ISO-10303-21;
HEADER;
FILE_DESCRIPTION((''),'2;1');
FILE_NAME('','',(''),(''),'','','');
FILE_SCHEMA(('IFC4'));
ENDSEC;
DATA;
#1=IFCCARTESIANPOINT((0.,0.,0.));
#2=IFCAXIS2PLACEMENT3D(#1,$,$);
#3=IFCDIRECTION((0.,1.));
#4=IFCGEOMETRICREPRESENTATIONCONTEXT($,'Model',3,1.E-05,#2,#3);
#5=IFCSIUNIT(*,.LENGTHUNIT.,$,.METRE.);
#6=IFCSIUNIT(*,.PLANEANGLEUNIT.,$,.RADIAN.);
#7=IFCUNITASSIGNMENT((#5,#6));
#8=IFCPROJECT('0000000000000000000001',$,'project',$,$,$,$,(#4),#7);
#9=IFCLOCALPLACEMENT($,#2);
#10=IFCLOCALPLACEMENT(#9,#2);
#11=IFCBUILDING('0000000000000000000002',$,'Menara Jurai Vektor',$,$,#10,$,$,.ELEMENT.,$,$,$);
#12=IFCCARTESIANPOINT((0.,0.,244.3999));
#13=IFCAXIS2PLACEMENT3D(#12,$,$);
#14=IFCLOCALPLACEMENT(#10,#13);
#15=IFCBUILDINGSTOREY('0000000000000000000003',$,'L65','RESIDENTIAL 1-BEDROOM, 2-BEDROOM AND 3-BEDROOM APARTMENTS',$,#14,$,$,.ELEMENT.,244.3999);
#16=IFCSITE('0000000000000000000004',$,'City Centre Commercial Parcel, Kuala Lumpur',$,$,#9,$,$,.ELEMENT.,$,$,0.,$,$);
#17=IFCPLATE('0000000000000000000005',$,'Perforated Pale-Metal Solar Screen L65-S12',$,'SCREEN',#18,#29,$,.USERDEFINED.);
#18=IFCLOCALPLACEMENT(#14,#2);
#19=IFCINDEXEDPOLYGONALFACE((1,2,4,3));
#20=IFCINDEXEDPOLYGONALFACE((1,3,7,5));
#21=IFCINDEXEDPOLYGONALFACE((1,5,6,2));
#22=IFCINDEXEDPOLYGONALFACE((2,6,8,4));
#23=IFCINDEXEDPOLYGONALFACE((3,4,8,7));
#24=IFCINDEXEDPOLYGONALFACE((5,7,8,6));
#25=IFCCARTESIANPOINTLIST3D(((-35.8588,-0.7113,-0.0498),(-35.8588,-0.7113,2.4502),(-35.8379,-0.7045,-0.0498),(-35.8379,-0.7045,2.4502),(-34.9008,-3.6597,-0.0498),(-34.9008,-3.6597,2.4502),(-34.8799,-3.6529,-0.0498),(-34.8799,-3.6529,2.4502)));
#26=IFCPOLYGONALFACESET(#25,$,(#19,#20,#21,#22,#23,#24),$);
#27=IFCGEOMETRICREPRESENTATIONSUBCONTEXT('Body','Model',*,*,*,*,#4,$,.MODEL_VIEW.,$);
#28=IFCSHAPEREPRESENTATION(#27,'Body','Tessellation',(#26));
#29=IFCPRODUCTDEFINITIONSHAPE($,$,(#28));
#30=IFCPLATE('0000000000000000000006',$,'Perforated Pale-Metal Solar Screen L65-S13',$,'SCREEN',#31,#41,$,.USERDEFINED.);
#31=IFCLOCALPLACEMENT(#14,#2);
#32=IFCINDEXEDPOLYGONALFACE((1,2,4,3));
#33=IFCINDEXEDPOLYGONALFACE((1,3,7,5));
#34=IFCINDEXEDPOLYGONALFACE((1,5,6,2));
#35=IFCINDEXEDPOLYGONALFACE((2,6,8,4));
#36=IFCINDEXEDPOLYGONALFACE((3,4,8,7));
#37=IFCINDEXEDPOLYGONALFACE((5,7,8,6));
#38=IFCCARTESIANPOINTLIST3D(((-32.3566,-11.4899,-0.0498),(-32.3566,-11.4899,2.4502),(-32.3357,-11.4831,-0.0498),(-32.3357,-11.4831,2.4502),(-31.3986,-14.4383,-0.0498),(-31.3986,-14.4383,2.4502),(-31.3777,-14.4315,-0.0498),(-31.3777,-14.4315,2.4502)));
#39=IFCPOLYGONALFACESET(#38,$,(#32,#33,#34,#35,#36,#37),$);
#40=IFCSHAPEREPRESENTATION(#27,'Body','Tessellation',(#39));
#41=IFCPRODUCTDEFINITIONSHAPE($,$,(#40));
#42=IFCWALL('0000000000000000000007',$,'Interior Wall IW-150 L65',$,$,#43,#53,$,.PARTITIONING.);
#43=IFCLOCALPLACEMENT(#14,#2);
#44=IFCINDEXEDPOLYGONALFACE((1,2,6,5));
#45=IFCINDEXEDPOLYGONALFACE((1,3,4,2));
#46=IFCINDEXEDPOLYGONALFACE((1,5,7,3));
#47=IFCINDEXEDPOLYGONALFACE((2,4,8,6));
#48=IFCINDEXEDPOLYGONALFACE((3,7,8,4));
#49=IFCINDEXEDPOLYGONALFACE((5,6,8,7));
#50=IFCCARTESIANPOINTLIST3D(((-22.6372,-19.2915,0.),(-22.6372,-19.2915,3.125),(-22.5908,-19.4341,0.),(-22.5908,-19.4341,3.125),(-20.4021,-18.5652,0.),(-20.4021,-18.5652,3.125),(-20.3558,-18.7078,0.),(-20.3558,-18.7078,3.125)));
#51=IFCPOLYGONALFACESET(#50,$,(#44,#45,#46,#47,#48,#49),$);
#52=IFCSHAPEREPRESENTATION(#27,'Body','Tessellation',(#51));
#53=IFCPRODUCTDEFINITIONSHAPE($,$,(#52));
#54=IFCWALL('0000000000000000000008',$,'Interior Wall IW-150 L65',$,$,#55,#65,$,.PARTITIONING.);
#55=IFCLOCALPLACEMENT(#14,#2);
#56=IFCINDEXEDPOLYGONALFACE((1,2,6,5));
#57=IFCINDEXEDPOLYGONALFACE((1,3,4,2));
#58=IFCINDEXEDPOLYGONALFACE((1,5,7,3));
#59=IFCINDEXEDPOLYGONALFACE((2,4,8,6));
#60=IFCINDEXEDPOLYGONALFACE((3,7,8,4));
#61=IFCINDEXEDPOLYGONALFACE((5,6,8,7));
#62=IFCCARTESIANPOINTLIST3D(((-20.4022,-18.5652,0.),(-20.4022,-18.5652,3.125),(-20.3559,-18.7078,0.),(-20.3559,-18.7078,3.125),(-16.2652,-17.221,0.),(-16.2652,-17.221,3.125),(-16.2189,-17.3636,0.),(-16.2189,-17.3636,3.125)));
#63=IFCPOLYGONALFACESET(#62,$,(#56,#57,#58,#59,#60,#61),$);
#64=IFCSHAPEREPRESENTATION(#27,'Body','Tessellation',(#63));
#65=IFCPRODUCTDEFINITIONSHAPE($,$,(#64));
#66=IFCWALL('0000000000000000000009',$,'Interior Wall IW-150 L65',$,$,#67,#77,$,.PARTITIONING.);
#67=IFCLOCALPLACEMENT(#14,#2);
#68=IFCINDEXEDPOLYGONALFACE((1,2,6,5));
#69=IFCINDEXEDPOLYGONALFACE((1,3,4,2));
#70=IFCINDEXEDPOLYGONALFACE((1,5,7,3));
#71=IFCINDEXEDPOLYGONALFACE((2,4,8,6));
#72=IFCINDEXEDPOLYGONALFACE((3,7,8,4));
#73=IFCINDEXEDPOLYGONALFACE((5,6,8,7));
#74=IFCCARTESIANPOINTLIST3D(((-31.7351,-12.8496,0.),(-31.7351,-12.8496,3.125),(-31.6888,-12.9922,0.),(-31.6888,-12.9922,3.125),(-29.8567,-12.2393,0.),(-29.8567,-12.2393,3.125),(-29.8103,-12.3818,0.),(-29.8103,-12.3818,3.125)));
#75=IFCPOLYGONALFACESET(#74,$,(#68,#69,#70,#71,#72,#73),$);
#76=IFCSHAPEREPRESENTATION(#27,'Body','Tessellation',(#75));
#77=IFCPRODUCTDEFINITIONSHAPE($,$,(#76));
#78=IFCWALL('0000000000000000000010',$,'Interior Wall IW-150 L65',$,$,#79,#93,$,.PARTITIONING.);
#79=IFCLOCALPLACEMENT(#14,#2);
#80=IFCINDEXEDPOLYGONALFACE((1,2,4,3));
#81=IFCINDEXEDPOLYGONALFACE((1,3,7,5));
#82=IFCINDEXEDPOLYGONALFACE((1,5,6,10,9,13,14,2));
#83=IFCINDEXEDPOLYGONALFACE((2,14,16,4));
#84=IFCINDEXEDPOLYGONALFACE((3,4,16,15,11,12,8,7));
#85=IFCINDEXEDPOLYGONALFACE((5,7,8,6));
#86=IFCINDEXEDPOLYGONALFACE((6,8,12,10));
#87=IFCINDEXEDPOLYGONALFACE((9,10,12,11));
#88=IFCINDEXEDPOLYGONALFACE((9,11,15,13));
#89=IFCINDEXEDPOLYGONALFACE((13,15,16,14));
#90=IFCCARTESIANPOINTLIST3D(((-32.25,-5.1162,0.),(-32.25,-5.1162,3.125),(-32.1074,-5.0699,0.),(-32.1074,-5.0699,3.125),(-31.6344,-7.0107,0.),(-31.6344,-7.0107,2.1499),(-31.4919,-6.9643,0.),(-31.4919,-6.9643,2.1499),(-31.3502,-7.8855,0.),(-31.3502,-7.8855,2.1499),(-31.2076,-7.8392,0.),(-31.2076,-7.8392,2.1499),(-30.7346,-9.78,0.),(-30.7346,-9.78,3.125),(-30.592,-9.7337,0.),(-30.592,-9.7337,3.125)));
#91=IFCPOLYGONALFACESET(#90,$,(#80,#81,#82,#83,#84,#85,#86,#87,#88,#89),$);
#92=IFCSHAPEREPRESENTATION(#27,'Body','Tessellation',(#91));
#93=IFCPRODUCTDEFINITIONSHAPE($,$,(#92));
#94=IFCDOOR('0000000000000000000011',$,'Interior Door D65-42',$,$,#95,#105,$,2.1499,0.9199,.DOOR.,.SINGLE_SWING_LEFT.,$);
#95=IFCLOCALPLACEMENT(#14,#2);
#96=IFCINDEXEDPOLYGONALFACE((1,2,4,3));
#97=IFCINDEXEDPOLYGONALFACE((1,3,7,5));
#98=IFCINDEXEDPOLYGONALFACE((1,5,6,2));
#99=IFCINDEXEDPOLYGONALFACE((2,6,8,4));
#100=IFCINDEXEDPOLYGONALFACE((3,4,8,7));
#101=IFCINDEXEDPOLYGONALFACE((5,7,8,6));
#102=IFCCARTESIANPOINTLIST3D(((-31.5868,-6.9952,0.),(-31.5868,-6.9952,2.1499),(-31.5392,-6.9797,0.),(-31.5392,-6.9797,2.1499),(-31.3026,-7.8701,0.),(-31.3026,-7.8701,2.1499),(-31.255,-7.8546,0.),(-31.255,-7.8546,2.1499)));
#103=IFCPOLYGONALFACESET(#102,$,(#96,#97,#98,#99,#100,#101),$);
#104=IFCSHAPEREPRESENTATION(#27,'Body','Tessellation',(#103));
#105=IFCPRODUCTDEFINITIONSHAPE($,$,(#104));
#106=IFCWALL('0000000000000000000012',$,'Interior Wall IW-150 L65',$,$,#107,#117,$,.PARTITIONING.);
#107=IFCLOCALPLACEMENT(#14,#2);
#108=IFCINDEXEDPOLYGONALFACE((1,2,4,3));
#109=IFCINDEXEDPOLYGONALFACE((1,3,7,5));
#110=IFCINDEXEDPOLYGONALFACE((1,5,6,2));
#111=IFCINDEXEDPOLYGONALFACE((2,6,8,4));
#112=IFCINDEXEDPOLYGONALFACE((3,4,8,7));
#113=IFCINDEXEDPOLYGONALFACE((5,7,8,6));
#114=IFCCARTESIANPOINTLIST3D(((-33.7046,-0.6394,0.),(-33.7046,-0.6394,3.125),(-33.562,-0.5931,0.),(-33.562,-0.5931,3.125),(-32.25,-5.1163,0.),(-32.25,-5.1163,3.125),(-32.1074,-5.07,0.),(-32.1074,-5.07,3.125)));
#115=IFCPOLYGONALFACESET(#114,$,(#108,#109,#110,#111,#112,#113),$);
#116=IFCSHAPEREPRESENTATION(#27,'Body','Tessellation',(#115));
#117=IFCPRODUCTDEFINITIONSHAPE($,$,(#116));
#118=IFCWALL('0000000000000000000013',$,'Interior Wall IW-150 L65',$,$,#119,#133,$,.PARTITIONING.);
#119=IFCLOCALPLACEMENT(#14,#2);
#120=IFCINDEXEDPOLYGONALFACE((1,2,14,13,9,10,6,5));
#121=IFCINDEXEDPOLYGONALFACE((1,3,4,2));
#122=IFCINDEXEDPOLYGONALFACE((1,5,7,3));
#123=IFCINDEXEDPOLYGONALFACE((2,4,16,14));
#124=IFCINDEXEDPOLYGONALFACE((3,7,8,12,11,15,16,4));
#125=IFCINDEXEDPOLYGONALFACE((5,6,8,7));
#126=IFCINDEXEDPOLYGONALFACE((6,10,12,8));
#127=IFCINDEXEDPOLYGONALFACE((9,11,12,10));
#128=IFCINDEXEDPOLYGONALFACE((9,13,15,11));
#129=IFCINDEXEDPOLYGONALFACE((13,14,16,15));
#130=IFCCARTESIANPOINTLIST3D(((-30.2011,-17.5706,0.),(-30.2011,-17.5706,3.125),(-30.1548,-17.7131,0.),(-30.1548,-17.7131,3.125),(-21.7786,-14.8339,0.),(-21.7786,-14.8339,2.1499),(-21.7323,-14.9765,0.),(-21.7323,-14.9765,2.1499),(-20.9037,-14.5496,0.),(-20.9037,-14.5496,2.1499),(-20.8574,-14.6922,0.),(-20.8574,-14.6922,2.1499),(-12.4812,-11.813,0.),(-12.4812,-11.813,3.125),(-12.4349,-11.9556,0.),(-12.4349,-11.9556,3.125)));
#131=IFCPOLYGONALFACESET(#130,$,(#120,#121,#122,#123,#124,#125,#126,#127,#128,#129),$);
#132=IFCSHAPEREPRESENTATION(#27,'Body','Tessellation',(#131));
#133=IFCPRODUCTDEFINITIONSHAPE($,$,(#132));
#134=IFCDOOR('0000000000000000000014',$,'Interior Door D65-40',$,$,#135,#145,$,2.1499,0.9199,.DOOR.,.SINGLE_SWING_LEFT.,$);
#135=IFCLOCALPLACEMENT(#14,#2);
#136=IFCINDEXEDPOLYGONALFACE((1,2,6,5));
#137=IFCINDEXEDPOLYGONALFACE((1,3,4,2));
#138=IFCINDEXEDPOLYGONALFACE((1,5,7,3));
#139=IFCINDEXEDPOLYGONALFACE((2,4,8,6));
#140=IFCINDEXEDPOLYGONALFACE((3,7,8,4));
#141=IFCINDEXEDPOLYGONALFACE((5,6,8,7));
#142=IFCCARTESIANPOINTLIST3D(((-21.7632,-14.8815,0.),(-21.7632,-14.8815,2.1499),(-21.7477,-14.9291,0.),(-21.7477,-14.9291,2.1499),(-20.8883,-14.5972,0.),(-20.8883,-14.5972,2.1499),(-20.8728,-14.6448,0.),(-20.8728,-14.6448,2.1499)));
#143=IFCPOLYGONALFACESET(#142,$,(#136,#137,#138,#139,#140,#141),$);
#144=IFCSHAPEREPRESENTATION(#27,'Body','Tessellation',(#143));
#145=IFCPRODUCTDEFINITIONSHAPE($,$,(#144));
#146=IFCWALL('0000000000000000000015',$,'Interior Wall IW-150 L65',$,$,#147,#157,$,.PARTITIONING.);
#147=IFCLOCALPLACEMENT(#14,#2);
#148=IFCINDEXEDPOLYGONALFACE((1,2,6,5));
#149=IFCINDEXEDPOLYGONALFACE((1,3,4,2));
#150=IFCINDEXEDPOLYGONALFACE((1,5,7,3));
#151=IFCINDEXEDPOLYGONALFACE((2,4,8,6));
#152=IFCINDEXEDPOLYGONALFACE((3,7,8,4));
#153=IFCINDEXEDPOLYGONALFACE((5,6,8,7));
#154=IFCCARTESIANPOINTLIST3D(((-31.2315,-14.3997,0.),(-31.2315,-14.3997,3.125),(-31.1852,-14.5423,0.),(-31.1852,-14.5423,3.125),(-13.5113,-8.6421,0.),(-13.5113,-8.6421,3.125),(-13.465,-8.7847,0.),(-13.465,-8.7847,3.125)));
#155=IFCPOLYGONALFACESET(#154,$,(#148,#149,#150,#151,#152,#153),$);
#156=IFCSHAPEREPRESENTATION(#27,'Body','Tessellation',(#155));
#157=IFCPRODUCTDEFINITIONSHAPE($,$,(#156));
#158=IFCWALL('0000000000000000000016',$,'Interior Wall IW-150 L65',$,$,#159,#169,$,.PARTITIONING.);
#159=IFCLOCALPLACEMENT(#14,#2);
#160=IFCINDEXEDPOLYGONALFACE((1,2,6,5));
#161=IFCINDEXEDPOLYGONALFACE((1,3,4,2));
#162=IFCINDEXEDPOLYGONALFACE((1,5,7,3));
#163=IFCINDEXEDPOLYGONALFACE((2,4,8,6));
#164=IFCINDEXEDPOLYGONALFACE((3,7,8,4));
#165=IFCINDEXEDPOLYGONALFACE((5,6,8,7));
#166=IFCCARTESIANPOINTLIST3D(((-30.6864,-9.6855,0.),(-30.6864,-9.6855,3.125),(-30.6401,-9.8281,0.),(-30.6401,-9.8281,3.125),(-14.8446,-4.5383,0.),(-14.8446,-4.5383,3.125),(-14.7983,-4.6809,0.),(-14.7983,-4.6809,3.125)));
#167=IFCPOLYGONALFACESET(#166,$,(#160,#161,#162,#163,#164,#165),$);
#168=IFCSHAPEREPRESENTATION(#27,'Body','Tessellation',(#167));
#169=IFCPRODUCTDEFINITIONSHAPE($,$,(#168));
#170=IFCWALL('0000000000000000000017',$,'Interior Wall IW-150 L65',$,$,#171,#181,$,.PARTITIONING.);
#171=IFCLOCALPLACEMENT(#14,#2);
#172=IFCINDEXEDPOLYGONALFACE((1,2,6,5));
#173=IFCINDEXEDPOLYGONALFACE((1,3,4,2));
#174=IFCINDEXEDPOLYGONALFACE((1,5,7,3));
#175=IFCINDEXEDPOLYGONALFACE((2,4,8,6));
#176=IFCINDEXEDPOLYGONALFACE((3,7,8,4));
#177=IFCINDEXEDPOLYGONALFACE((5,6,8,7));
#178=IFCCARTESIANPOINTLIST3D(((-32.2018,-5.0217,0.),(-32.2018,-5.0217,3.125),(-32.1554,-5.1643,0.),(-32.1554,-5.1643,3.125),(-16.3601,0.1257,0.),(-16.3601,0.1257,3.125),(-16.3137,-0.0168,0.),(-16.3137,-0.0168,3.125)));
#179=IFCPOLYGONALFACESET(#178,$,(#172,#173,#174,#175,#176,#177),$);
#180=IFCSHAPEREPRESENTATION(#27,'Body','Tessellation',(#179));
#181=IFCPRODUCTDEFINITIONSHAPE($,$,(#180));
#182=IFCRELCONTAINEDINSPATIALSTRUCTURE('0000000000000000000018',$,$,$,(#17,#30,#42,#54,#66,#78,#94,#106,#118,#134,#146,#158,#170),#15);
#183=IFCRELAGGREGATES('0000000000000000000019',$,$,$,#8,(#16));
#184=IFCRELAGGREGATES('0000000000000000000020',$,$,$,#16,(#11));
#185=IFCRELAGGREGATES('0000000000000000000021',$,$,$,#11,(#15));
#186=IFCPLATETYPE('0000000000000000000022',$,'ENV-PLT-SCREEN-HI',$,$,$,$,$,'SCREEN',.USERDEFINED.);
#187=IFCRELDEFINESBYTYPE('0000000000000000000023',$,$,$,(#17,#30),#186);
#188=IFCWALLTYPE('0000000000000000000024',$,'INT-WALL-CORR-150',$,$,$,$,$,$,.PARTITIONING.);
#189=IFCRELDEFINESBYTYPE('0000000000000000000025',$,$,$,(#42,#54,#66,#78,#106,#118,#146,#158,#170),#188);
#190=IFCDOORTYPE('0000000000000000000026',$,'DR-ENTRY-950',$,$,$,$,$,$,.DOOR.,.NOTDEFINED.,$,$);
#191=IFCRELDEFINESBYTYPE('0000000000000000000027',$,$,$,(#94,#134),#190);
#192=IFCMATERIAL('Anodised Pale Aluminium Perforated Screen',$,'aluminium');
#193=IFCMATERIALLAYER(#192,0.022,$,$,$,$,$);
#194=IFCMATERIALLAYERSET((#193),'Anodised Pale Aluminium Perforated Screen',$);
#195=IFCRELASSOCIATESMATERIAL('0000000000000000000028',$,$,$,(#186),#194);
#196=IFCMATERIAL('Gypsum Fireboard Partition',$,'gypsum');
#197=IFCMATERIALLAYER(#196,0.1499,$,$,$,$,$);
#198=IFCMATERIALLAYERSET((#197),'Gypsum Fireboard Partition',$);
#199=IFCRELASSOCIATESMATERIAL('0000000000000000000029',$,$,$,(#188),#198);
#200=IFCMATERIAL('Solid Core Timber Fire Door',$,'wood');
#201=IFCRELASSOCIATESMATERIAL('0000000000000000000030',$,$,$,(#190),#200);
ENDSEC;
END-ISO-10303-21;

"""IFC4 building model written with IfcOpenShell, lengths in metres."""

from ifc_helpers import new_model, si_unit, direction, frame, frame_2d, origin, origin_2d, place, context, subcontext, project, spatial, rectangle, extrude, material, layer, layer_set, type_object, element, fill, save


model = new_model("IFC4")

# Units and contexts
model_context = context("Model", 3, precision=1e-05, world=origin(), true_north=direction((0.0, 1.0)))
body_context = subcontext(model_context, "Body", "Model", "MODEL_VIEW")
ifc_project = project(units=[si_unit("LENGTHUNIT", "METRE"), si_unit("PLANEANGLEUNIT", "RADIAN")], contexts=[model_context])

# Site, building, storey
site_placement = place(None, origin())
site = spatial("IfcSite", under=ifc_project, at=site_placement, Name="City Centre Commercial Parcel, Kuala Lumpur", CompositionType="ELEMENT", RefElevation=0.0)
building_placement = place(site_placement, origin())
building = spatial("IfcBuilding", under=site, at=building_placement, Name="Menara Jurai Vektor", CompositionType="ELEMENT")
storey_placement = place(building_placement, frame((0.0, 0.0, 244.3999)))
storey = spatial("IfcBuildingStorey", under=building, at=storey_placement, Name="L65", Description="RESIDENTIAL 1-BEDROOM, 2-BEDROOM AND 3-BEDROOM APARTMENTS", CompositionType="ELEMENT", Elevation=244.3999)

# Plates
ifc_material_1 = material(Name="Anodised Pale Aluminium Perforated Screen", Category="aluminium")
ifc_layer_1 = layer(ifc_material_1, 0.022)
ifc_layer_set_1 = layer_set([ifc_layer_1], Name="Anodised Pale Aluminium Perforated Screen")
plate_type_1 = type_object("IfcPlateType", Name="ENV-PLT-SCREEN-HI", ElementType="SCREEN", PredefinedType="USERDEFINED", material=ifc_layer_set_1)
for number, where, z_axis, x_axis, name in (
    (1, (-35.3694, -2.1821, -0.0498), (0.0, 0.0, 1.0), (0.309017, -0.951057, 0.0), "Perforated Pale-Metal Solar Screen L65-S12"),
    (2, (-31.8672, -12.9607, -0.0498), (0.0, 0.0, 1.0), (0.309017, -0.951057, 0.0), "Perforated Pale-Metal Solar Screen L65-S13"),
):
    element("IfcPlate", number, at=place(storey_placement, frame(where, z_axis=z_axis, x_axis=x_axis)), inside=storey, type_object=plate_type_1, Name=name, ObjectType="SCREEN", PredefinedType="USERDEFINED", context=body_context, shape_type="SweptSolid", body=[
        extrude(rectangle(XDim=3.1001, YDim=0.022, at=origin_2d()), origin(), (0.0, 0.0, 1.0), 2.5),
    ])

# Walls
ifc_material_2 = material(Name="Gypsum Fireboard Partition", Category="gypsum")
ifc_layer_2 = layer(ifc_material_2, 0.1499)
ifc_layer_set_2 = layer_set([ifc_layer_2], Name="Gypsum Fireboard Partition")
wall_type = type_object("IfcWallType", Name="INT-WALL-CORR-150", PredefinedType="PARTITIONING", material=ifc_layer_set_2)
wall_1_placement = place(storey_placement, frame((-22.614, -19.3628, 0.0), z_axis=(0.0, 0.0, 1.0), x_axis=(0.951046, 0.309051, 0.0)))
element("IfcWall", 3, at=wall_1_placement, inside=storey, type_object=wall_type, Name="Interior Wall IW-150 L65", PredefinedType="PARTITIONING", context=body_context, shape_type="SweptSolid", body=[
    extrude(rectangle(XDim=2.3501, YDim=0.1499, at=frame_2d((1.175, 0.0))), origin(), (0.0, 0.0, 1.0), 3.125),
])
wall_2_placement = place(storey_placement, frame((-20.3789, -18.6365, 0.0), z_axis=(0.0, 0.0, 1.0), x_axis=(0.951053, 0.309029, 0.0)))
element("IfcWall", 4, at=wall_2_placement, inside=storey, type_object=wall_type, Name="Interior Wall IW-150 L65", PredefinedType="PARTITIONING", context=body_context, shape_type="SweptSolid", body=[
    extrude(rectangle(XDim=4.3499, YDim=0.1499, at=frame_2d((2.1748, 0.0))), origin(), (0.0, 0.0, 1.0), 3.125),
])
wall_3_placement = place(storey_placement, frame((-31.7119, -12.9209, 0.0), z_axis=(0.0, 0.0, 1.0), x_axis=(0.951054, 0.309025, 0.0)))
element("IfcWall", 5, at=wall_3_placement, inside=storey, type_object=wall_type, Name="Interior Wall IW-150 L65", PredefinedType="PARTITIONING", context=body_context, shape_type="SweptSolid", body=[
    extrude(rectangle(XDim=1.9751, YDim=0.1499, at=frame_2d((0.9875, 0.0))), origin(), (0.0, 0.0, 1.0), 3.125),
])

# Wall, opening, door
ifc_material_3 = material(Name="Solid Core Timber Fire Door", Category="wood")
door_type = type_object("IfcDoorType", Name="DR-ENTRY-950", OperationType="NOTDEFINED", PredefinedType="DOOR", material=ifc_material_3)
wall_4_placement = place(storey_placement, frame((-30.6633, -9.7568, 0.0), z_axis=(0.0, 0.0, 1.0), x_axis=(-0.30902, 0.951056, 0.0)))
wall_4 = element("IfcWall", 6, at=wall_4_placement, inside=storey, type_object=wall_type, Name="Interior Wall IW-150 L65", PredefinedType="PARTITIONING", context=body_context, shape_type="SweptSolid", body=[
    extrude(rectangle(XDim=4.9038, YDim=0.1499, at=frame_2d((2.4519, 0.0))), origin(), (0.0, 0.0, 1.0), 3.125),
])
opening_1_placement = place(wall_4_placement, frame((1.9919, 0.0, 0.0)))
opening_1 = element("IfcOpeningElement", 7, at=opening_1_placement, cuts=wall_4, PredefinedType="OPENING", context=body_context, shape_type="SweptSolid", body=[
    extrude(rectangle(XDim=0.9199, YDim=2.1499, at=frame_2d((0.46, 1.075))), frame((0.0, 0.085, 0.0), z_axis=(0.0, -1.0, 0.0), x_axis=(1.0, 0.0, 0.0)), (0.0, 0.0, 1.0), 0.1699),
])
door_1_placement = place(opening_1_placement, origin())
door_1 = element("IfcDoor", 8, at=door_1_placement, inside=storey, type_object=door_type, Name="Interior Door D65-42", OperationType="SINGLE_SWING_LEFT", OverallHeight=2.1499, OverallWidth=0.9199, PredefinedType="DOOR", context=body_context, shape_type="SweptSolid", body=[
    extrude(rectangle(XDim=0.9199, YDim=2.1499, at=frame_2d((0.46, 1.075))), frame((0.0, 0.0249, 0.0), z_axis=(0.0, -1.0, 0.0), x_axis=(1.0, 0.0, 0.0)), (0.0, 0.0, 1.0), 0.05),
])
fill(opening_1, door_1)

# Wall
wall_5_placement = place(storey_placement, frame((-32.1787, -5.093, 0.0), z_axis=(0.0, 0.0, 1.0), x_axis=(-0.309015, 0.951057, 0.0)))
element("IfcWall", 9, at=wall_5_placement, inside=storey, type_object=wall_type, Name="Interior Wall IW-150 L65", PredefinedType="PARTITIONING", context=body_context, shape_type="SweptSolid", body=[
    extrude(rectangle(XDim=4.7073, YDim=0.1499, at=frame_2d((2.3535, 0.0))), origin(), (0.0, 0.0, 1.0), 3.125),
])

# Wall, opening, door
wall_6_placement = place(storey_placement, frame((-30.178, -17.6418, 0.0), z_axis=(0.0, 0.0, 1.0), x_axis=(0.951057, 0.309017, 0.0)))
wall_6 = element("IfcWall", 10, at=wall_6_placement, inside=storey, type_object=wall_type, Name="Interior Wall IW-150 L65", PredefinedType="PARTITIONING", context=body_context, shape_type="SweptSolid", body=[
    extrude(rectangle(XDim=18.6318, YDim=0.1499, at=frame_2d((9.3159, 0.0))), origin(), (0.0, 0.0, 1.0), 3.125),
])
opening_2_placement = place(wall_6_placement, frame((8.856, 0.0, 0.0)))
opening_2 = element("IfcOpeningElement", 11, at=opening_2_placement, cuts=wall_6, PredefinedType="OPENING", context=body_context, shape_type="SweptSolid", body=[
    extrude(rectangle(XDim=0.9199, YDim=2.1499, at=frame_2d((0.46, 1.075))), frame((0.0, 0.085, 0.0), z_axis=(0.0, -1.0, 0.0), x_axis=(1.0, 0.0, 0.0)), (0.0, 0.0, 1.0), 0.1699),
])
door_2_placement = place(opening_2_placement, origin())
door_2 = element("IfcDoor", 12, at=door_2_placement, inside=storey, type_object=door_type, Name="Interior Door D65-40", OperationType="SINGLE_SWING_LEFT", OverallHeight=2.1499, OverallWidth=0.9199, PredefinedType="DOOR", context=body_context, shape_type="SweptSolid", body=[
    extrude(rectangle(XDim=0.9199, YDim=2.1499, at=frame_2d((0.46, 1.075))), frame((0.0, 0.0249, 0.0), z_axis=(0.0, -1.0, 0.0), x_axis=(1.0, 0.0, 0.0)), (0.0, 0.0, 1.0), 0.05),
])
fill(opening_2, door_2)

# Walls
wall_7_placement = place(storey_placement, frame((-31.2083, -14.4709, 0.0), z_axis=(0.0, 0.0, 1.0), x_axis=(0.951058, 0.309013, 0.0)))
element("IfcWall", 13, at=wall_7_placement, inside=storey, type_object=wall_type, Name="Interior Wall IW-150 L65", PredefinedType="PARTITIONING", context=body_context, shape_type="SweptSolid", body=[
    extrude(rectangle(XDim=18.6321, YDim=0.1499, at=frame_2d((9.3159, 0.0))), origin(), (0.0, 0.0, 1.0), 3.125),
])
for number, where, z_axis, x_axis, name in (
    (14, (-30.6633, -9.7568, 0.0), (0.0, 0.0, 1.0), (0.951058, 0.309012, 0.0), "Interior Wall IW-150 L65"),
    (15, (-32.1787, -5.093, 0.0), (0.0, 0.0, 1.0), (0.951054, 0.309025, 0.0), "Interior Wall IW-150 L65"),
):
    element("IfcWall", number, at=place(storey_placement, frame(where, z_axis=z_axis, x_axis=x_axis)), inside=storey, type_object=wall_type, Name=name, PredefinedType="PARTITIONING", context=body_context, shape_type="SweptSolid", body=[
        extrude(rectangle(XDim=16.657, YDim=0.1499, at=frame_2d((8.3286, 0.0))), origin(), (0.0, 0.0, 1.0), 3.125),
    ])

save(model, "model.ifc")
